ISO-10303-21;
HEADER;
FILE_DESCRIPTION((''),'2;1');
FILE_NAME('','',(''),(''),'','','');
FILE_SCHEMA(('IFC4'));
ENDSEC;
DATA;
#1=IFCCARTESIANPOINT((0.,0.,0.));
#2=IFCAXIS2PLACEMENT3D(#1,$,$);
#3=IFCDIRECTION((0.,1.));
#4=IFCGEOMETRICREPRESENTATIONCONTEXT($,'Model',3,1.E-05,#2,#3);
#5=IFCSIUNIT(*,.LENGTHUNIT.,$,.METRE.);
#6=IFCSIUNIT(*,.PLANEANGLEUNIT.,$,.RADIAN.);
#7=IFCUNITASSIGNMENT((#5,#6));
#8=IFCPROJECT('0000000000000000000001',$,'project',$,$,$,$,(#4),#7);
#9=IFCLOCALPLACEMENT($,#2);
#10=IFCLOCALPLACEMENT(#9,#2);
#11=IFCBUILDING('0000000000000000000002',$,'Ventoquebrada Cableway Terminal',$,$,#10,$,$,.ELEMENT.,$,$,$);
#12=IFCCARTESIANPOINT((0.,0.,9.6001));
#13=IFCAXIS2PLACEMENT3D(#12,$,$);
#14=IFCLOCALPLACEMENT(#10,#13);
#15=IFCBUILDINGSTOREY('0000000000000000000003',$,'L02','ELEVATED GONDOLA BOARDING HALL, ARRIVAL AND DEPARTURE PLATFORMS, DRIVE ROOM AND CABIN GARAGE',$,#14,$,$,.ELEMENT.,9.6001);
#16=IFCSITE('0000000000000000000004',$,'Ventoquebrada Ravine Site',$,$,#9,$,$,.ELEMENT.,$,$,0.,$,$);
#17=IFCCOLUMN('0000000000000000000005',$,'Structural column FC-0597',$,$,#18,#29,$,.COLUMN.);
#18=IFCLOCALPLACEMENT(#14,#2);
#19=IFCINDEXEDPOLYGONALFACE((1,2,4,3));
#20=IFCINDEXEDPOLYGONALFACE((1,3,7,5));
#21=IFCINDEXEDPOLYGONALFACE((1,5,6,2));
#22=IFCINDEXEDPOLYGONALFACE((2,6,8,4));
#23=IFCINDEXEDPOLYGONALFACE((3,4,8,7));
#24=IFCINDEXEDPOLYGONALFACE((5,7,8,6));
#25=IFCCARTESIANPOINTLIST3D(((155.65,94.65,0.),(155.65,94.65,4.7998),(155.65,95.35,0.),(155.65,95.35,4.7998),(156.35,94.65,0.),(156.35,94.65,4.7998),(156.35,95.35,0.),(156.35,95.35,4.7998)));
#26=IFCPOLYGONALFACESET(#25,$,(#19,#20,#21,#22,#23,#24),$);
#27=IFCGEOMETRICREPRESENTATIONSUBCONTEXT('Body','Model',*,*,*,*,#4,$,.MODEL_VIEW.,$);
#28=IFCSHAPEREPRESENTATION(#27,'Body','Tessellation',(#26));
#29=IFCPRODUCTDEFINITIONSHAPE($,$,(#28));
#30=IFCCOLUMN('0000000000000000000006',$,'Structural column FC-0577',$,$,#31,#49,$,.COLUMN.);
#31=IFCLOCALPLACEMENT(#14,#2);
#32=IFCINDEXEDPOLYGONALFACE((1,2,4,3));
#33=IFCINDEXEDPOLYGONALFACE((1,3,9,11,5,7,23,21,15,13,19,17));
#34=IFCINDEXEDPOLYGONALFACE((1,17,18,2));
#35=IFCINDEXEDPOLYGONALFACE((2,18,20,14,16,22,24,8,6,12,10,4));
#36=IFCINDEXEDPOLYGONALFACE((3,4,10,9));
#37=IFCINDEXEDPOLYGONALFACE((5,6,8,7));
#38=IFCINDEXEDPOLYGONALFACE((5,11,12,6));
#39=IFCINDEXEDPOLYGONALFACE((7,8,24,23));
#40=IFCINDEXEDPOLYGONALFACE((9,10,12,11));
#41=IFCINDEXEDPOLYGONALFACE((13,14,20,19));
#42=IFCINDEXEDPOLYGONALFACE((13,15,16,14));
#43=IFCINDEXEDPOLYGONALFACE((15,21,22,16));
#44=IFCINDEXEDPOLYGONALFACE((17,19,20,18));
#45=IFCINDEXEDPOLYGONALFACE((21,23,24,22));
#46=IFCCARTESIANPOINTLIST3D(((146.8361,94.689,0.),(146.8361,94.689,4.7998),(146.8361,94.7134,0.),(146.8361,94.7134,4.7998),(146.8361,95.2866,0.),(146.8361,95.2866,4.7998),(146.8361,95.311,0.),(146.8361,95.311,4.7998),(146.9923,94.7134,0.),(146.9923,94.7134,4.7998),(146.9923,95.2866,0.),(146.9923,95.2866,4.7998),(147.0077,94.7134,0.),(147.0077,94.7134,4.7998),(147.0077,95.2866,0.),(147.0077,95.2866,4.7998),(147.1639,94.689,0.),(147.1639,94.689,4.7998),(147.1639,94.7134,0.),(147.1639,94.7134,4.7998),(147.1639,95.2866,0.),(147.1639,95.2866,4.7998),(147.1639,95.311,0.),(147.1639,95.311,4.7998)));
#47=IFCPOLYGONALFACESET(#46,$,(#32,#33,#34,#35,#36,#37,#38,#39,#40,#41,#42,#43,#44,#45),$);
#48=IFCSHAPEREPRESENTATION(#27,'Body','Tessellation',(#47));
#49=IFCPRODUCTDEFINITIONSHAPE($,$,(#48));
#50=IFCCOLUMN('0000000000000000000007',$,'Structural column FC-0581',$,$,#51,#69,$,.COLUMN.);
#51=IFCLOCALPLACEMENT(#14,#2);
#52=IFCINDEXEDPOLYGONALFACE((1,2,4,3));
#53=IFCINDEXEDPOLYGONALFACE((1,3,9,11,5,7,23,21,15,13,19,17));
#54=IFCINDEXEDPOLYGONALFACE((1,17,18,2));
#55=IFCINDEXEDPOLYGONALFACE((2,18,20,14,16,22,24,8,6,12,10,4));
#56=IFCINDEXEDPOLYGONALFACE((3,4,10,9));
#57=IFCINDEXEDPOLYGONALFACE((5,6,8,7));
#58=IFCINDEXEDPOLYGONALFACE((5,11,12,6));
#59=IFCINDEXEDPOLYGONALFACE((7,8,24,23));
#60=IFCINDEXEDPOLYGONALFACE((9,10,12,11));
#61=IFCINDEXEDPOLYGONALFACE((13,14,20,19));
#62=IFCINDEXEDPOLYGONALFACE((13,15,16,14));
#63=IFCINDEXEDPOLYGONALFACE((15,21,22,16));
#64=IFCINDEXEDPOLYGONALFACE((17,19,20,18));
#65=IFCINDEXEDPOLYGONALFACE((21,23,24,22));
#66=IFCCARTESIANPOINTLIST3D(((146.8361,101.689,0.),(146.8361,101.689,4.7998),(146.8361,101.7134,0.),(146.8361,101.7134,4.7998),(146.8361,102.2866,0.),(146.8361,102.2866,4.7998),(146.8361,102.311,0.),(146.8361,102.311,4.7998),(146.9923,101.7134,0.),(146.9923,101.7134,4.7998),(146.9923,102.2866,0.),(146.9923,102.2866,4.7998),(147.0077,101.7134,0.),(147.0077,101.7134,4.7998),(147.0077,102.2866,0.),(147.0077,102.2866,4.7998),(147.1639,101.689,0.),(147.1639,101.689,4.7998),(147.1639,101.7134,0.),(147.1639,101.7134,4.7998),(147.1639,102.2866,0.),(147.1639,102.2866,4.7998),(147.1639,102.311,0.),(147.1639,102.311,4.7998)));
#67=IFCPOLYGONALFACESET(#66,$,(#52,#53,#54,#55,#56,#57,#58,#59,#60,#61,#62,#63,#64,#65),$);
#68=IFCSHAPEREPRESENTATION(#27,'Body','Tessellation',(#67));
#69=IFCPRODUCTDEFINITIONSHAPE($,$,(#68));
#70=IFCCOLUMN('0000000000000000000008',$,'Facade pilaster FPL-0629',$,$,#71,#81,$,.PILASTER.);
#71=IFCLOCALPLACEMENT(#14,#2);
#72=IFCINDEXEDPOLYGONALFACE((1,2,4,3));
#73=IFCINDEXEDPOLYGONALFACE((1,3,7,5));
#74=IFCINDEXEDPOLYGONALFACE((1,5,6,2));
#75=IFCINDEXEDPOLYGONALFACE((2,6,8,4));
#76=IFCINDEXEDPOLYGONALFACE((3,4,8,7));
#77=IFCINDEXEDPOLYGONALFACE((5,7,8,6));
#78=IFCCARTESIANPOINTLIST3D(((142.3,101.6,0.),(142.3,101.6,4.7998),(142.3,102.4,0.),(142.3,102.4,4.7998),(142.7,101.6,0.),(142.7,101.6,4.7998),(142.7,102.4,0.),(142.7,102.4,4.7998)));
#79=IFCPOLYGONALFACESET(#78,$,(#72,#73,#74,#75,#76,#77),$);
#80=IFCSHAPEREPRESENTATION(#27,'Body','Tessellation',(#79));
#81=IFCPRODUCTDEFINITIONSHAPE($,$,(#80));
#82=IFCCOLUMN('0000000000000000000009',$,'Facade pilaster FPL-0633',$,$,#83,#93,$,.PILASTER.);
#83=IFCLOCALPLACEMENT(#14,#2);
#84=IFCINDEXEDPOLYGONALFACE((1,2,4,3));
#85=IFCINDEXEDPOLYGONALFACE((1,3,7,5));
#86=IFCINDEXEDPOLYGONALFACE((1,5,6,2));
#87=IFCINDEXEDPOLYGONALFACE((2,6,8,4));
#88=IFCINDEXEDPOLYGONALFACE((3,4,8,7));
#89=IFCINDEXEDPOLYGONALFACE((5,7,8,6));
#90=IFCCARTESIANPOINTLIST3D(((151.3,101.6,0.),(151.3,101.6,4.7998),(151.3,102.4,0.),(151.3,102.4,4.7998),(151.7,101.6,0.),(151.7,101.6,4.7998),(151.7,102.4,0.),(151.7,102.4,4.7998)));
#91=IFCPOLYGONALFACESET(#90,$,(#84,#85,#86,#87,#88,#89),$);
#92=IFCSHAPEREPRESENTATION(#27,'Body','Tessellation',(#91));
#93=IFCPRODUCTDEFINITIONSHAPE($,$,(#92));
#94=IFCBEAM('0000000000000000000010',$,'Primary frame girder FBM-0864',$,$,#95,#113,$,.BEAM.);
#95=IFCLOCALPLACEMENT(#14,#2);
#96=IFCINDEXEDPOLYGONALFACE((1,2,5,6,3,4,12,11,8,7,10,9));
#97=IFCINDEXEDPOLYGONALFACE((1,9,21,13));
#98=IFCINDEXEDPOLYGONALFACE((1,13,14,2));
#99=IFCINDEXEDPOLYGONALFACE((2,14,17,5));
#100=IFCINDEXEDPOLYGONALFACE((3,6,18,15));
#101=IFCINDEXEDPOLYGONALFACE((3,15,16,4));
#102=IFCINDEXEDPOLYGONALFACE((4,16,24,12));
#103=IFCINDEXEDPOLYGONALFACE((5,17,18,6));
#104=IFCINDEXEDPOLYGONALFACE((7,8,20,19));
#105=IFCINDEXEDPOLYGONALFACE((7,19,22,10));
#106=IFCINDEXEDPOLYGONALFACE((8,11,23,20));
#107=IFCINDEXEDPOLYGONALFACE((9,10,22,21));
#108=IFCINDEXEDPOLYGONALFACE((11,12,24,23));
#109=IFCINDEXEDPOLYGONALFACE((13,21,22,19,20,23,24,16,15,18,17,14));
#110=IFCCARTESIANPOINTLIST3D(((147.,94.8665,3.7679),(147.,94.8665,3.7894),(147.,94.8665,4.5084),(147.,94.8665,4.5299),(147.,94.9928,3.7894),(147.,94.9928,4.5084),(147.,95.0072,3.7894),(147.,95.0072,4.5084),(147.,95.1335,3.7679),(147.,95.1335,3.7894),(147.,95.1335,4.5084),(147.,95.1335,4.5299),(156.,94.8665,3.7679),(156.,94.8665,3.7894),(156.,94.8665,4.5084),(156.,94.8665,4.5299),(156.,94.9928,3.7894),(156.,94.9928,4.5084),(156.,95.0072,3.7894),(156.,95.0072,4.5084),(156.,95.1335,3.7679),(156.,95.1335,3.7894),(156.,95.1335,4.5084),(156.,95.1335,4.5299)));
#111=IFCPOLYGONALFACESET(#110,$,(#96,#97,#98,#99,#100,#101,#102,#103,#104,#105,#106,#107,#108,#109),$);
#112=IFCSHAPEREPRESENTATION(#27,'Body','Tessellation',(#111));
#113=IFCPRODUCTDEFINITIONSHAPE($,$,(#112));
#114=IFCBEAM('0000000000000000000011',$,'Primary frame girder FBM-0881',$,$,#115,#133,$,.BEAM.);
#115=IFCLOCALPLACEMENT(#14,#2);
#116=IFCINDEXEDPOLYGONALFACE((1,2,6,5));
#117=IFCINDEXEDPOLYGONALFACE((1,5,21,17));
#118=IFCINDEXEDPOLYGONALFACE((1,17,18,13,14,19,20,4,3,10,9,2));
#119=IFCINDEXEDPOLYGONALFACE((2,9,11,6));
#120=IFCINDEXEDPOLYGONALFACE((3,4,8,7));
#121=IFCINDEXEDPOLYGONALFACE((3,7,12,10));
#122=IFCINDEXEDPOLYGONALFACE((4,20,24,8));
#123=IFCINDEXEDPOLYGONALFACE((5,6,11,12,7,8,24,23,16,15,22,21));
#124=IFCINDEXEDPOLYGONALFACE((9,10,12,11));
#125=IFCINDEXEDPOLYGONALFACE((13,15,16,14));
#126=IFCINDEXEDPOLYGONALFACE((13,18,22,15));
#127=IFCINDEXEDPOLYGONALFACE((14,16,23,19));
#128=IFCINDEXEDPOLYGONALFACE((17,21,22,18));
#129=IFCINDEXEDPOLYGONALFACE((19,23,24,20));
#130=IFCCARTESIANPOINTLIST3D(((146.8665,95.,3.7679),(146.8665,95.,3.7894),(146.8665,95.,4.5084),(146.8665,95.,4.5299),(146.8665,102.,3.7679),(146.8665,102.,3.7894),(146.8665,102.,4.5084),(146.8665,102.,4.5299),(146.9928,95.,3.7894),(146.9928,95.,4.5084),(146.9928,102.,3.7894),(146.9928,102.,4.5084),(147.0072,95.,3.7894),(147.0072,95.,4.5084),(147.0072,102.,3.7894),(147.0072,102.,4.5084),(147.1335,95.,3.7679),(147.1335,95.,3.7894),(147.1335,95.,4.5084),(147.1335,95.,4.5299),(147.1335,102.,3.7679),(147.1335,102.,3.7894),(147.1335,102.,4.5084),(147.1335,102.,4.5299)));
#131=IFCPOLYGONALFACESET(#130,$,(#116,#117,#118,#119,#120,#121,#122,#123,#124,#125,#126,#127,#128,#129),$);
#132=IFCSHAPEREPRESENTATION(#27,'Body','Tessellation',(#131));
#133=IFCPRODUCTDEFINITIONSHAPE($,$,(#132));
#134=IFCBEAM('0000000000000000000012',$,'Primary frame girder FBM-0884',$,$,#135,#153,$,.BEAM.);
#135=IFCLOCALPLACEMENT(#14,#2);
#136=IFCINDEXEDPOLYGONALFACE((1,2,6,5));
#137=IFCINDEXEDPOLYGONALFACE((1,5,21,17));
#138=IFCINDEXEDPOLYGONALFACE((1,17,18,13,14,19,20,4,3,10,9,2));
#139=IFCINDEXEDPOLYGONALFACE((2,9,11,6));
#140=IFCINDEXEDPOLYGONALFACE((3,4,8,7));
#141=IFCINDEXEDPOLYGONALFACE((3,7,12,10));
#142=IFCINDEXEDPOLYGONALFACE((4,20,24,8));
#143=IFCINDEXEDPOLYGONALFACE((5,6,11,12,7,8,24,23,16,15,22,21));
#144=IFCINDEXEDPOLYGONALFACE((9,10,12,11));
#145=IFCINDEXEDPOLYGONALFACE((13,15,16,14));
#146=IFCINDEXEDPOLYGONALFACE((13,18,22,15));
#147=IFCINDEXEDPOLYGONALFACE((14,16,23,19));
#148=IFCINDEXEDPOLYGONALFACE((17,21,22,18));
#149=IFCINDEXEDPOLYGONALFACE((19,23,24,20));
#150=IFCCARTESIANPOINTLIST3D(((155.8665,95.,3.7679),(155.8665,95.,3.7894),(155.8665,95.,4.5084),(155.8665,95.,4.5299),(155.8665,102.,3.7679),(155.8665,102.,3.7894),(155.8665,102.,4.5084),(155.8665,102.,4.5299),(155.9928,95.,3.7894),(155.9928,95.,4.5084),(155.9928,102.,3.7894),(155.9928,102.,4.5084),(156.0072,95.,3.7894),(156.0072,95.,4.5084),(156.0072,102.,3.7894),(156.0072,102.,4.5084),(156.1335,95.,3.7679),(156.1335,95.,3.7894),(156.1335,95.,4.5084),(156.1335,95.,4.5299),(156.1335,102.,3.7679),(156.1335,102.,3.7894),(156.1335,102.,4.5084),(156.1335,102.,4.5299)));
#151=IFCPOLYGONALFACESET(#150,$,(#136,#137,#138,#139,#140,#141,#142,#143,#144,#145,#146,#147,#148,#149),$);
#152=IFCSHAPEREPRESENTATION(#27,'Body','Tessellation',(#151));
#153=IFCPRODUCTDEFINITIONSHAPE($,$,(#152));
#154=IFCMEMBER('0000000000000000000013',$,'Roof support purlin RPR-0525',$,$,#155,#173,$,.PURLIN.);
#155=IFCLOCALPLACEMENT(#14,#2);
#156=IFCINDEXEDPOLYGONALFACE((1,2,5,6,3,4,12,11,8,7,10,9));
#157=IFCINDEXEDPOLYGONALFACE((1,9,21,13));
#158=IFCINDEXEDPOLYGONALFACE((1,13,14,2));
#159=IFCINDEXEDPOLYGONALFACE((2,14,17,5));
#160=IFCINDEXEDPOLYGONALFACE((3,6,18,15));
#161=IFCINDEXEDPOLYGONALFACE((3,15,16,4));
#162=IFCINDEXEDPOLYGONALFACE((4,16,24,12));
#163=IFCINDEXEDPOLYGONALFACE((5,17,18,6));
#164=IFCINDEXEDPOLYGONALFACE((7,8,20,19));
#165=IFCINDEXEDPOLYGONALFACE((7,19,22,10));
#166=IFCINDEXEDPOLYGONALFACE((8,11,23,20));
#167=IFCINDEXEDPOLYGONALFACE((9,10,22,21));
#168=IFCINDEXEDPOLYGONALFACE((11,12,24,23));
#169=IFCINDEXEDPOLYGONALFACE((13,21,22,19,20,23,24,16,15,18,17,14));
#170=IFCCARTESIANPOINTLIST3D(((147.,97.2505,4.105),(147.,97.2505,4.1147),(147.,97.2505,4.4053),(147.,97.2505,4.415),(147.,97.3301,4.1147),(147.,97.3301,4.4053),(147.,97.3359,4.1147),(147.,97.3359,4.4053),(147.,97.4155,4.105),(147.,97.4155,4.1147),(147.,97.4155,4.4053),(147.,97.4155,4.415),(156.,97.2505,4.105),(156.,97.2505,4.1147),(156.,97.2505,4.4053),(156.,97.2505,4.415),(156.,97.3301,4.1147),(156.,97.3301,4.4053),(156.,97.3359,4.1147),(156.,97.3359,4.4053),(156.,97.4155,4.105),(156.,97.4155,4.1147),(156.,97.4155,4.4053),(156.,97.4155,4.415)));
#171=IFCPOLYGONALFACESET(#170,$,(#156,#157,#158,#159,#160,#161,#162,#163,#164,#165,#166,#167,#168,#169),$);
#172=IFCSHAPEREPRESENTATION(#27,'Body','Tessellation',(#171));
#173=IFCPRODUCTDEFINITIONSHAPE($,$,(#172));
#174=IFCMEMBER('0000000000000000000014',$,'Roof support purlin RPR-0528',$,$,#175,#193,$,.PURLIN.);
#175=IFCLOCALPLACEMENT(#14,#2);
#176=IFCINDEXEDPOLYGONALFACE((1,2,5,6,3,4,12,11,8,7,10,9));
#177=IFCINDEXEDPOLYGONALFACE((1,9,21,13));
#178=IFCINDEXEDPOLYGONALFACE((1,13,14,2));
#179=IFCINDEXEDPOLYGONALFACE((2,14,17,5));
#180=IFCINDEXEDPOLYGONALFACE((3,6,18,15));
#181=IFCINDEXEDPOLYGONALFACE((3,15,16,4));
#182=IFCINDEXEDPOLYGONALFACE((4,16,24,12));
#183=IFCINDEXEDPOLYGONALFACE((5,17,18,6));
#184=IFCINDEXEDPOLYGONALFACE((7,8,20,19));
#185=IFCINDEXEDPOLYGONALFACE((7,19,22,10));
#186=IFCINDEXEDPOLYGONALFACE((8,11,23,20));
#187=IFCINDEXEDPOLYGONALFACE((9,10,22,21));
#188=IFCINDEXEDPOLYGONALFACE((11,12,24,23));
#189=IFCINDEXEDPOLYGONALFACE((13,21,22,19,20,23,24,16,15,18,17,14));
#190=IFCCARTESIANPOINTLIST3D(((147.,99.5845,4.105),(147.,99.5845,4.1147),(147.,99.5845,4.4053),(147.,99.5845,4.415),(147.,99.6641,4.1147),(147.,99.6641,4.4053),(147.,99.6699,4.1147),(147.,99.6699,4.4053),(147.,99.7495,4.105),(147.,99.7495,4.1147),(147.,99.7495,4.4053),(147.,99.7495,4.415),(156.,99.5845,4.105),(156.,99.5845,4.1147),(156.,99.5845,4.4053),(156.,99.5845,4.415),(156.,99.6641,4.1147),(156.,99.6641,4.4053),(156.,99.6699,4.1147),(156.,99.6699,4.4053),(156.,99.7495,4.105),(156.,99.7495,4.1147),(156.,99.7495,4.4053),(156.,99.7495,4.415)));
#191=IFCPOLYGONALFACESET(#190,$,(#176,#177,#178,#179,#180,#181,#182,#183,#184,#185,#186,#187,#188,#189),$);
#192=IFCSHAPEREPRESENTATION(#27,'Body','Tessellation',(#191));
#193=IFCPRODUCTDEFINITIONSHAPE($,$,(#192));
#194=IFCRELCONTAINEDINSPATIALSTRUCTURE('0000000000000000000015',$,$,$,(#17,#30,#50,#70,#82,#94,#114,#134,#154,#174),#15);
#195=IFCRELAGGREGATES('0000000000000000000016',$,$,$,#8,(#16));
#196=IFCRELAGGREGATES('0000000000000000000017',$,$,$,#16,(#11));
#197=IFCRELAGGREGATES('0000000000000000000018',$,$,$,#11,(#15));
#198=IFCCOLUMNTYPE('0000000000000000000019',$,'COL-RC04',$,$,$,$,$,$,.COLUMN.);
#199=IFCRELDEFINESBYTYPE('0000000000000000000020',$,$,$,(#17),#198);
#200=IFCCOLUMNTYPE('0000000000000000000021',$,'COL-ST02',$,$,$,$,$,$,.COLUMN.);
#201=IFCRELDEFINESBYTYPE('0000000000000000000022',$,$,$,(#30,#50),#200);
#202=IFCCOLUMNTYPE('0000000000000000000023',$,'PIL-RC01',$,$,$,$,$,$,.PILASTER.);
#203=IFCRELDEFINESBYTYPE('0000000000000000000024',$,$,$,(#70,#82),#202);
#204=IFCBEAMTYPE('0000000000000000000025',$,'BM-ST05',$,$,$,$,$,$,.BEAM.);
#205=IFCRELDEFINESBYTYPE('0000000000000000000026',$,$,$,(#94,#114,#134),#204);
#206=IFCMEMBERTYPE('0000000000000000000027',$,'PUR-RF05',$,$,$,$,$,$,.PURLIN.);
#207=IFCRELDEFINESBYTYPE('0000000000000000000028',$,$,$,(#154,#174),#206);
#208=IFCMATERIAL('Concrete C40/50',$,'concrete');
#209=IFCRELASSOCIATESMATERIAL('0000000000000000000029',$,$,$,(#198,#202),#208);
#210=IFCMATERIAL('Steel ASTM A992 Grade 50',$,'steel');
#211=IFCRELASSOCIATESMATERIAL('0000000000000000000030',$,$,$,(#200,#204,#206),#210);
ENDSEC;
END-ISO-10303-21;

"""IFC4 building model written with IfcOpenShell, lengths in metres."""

from ifc_helpers import new_model, si_unit, direction, frame, origin, origin_2d, place, context, subcontext, project, spatial, rectangle, i_section, extrude, material, material_profile, profile_set, type_object, element, save


model = new_model("IFC4")

# Units and contexts
model_context = context("Model", 3, precision=1e-05, world=origin(), true_north=direction((0.0, 1.0)))
body_context = subcontext(model_context, "Body", "Model", "MODEL_VIEW")
ifc_project = project(units=[si_unit("LENGTHUNIT", "METRE"), si_unit("PLANEANGLEUNIT", "RADIAN")], contexts=[model_context])

# Site, building, storey
site_placement = place(None, origin())
site = spatial("IfcSite", under=ifc_project, at=site_placement, Name="Ventoquebrada Ravine Site", CompositionType="ELEMENT", RefElevation=0.0)
building_placement = place(site_placement, origin())
building = spatial("IfcBuilding", under=site, at=building_placement, Name="Ventoquebrada Cableway Terminal", CompositionType="ELEMENT")
storey_placement = place(building_placement, frame((0.0, 0.0, 9.6001)))
storey = spatial("IfcBuildingStorey", under=building, at=storey_placement, Name="L02", Description="ELEVATED GONDOLA BOARDING HALL, ARRIVAL AND DEPARTURE PLATFORMS, DRIVE ROOM AND CABIN GARAGE", CompositionType="ELEMENT", Elevation=9.6001)

# Columns
ifc_material_1 = material(Name="Concrete C40/50", Category="concrete")
ifc_material_profile_1 = material_profile(ifc_material_1, rectangle(XDim=0.7, YDim=0.7, at=origin_2d()), Name="RC-COL-700X700")
ifc_profile_set_1 = profile_set([ifc_material_profile_1], Name="Concrete C40/50")
column_type_1 = type_object("IfcColumnType", Name="COL-RC04", PredefinedType="COLUMN", material=ifc_profile_set_1)
column_placement = place(storey_placement, frame((156.0, 95.0, 0.0), z_axis=(0.0, 0.0, 1.0), x_axis=(1.0, 0.0, 0.0)))
element("IfcColumn", 1, at=column_placement, inside=storey, type_object=column_type_1, Name="Structural column FC-0597", PredefinedType="COLUMN", context=body_context, shape_type="SweptSolid", body=[
    extrude(rectangle(XDim=0.7, YDim=0.7, at=origin_2d()), origin(), (0.0, 0.0, 1.0), 4.7998),
])
ifc_material_2 = material(Name="Steel ASTM A992 Grade 50", Category="steel")
ifc_material_profile_2 = material_profile(ifc_material_2, i_section(OverallWidth=0.3279, OverallDepth=0.6221, WebThickness=0.0154, FlangeThickness=0.0244, at=origin_2d()), Name="W24X131")
ifc_profile_set_2 = profile_set([ifc_material_profile_2], Name="Steel ASTM A992 Grade 50")
column_type_2 = type_object("IfcColumnType", Name="COL-ST02", PredefinedType="COLUMN", material=ifc_profile_set_2)
for number, where, z_axis, x_axis, name in (
    (2, (147.0, 95.0, 0.0), (0.0, 0.0, 1.0), (1.0, 0.0, 0.0), "Structural column FC-0577"),
    (3, (147.0, 102.0, 0.0), (0.0, 0.0, 1.0), (1.0, 0.0, 0.0), "Structural column FC-0581"),
):
    element("IfcColumn", number, at=place(storey_placement, frame(where, z_axis=z_axis, x_axis=x_axis)), inside=storey, type_object=column_type_2, Name=name, PredefinedType="COLUMN", context=body_context, shape_type="SweptSolid", body=[
        extrude(i_section(OverallWidth=0.3279, OverallDepth=0.6221, WebThickness=0.0154, FlangeThickness=0.0244, at=origin_2d()), origin(), (0.0, 0.0, 1.0), 4.7998),
    ])
ifc_material_profile_3 = material_profile(ifc_material_1, rectangle(XDim=0.3999, YDim=0.8, at=origin_2d()), Name="RC-PIL-400X800")
ifc_profile_set_3 = profile_set([ifc_material_profile_3], Name="Concrete C40/50")
column_type_3 = type_object("IfcColumnType", Name="PIL-RC01", PredefinedType="PILASTER", material=ifc_profile_set_3)
for number, where, z_axis, x_axis, name in (
    (4, (142.5, 102.0, 0.0), (0.0, 0.0, 1.0), (1.0, 0.0, 0.0), "Facade pilaster FPL-0629"),
    (5, (151.5, 102.0, 0.0), (0.0, 0.0, 1.0), (1.0, 0.0, 0.0), "Facade pilaster FPL-0633"),
):
    element("IfcColumn", number, at=place(storey_placement, frame(where, z_axis=z_axis, x_axis=x_axis)), inside=storey, type_object=column_type_3, Name=name, PredefinedType="PILASTER", context=body_context, shape_type="SweptSolid", body=[
        extrude(rectangle(XDim=0.3999, YDim=0.8, at=origin_2d()), origin(), (0.0, 0.0, 1.0), 4.7998),
    ])

# Beams
ifc_material_profile_4 = material_profile(ifc_material_2, i_section(OverallWidth=0.2671, OverallDepth=0.762, WebThickness=0.0144, FlangeThickness=0.0215, at=origin_2d()), Name="W30X116")
ifc_profile_set_4 = profile_set([ifc_material_profile_4], Name="Steel ASTM A992 Grade 50")
beam_type_1 = type_object("IfcBeamType", Name="BM-ST05", PredefinedType="BEAM", material=ifc_profile_set_4)
beam_placement = place(storey_placement, frame((147.0, 95.0, 4.1489), z_axis=(1.0, 0.0, 0.0), x_axis=(0.0, 1.0, 0.0)))
element("IfcBeam", 6, at=beam_placement, inside=storey, type_object=beam_type_1, Name="Primary frame girder FBM-0864", PredefinedType="BEAM", context=body_context, shape_type="SweptSolid", body=[
    extrude(i_section(OverallWidth=0.2671, OverallDepth=0.762, WebThickness=0.0144, FlangeThickness=0.0215, at=origin_2d()), origin(), (0.0, 0.0, 1.0), 9.0),
])
for number, where, z_axis, x_axis, name in (
    (7, (147.0, 95.0, 4.1489), (0.0, 1.0, 0.0), (-1.0, 0.0, 0.0), "Primary frame girder FBM-0881"),
    (8, (156.0, 95.0, 4.1489), (0.0, 1.0, 0.0), (-1.0, 0.0, 0.0), "Primary frame girder FBM-0884"),
):
    element("IfcBeam", number, at=place(storey_placement, frame(where, z_axis=z_axis, x_axis=x_axis)), inside=storey, type_object=beam_type_1, Name=name, PredefinedType="BEAM", context=body_context, shape_type="SweptSolid", body=[
        extrude(i_section(OverallWidth=0.2671, OverallDepth=0.762, WebThickness=0.0144, FlangeThickness=0.0215, at=origin_2d()), origin(), (0.0, 0.0, 1.0), 7.0),
    ])

# Members
ifc_material_profile_5 = material_profile(ifc_material_2, i_section(OverallWidth=0.165, OverallDepth=0.3101, WebThickness=0.0059, FlangeThickness=0.0098, at=origin_2d()), Name="W12X26")
ifc_profile_set_5 = profile_set([ifc_material_profile_5], Name="Steel ASTM A992 Grade 50")
member_type = type_object("IfcMemberType", Name="PUR-RF05", PredefinedType="PURLIN", material=ifc_profile_set_5)
for number, where, z_axis, x_axis, name in (
    (9, (147.0, 97.333, 4.26), (1.0, 0.0, 0.0), (0.0, 1.0, 0.0), "Roof support purlin RPR-0525"),
    (10, (147.0, 99.667, 4.26), (1.0, 0.0, 0.0), (0.0, 1.0, 0.0), "Roof support purlin RPR-0528"),
):
    element("IfcMember", number, at=place(storey_placement, frame(where, z_axis=z_axis, x_axis=x_axis)), inside=storey, type_object=member_type, Name=name, PredefinedType="PURLIN", context=body_context, shape_type="SweptSolid", body=[
        extrude(i_section(OverallWidth=0.165, OverallDepth=0.3101, WebThickness=0.0059, FlangeThickness=0.0098, at=origin_2d()), origin(), (0.0, 0.0, 1.0), 9.0),
    ])

save(model, "model.ifc")
